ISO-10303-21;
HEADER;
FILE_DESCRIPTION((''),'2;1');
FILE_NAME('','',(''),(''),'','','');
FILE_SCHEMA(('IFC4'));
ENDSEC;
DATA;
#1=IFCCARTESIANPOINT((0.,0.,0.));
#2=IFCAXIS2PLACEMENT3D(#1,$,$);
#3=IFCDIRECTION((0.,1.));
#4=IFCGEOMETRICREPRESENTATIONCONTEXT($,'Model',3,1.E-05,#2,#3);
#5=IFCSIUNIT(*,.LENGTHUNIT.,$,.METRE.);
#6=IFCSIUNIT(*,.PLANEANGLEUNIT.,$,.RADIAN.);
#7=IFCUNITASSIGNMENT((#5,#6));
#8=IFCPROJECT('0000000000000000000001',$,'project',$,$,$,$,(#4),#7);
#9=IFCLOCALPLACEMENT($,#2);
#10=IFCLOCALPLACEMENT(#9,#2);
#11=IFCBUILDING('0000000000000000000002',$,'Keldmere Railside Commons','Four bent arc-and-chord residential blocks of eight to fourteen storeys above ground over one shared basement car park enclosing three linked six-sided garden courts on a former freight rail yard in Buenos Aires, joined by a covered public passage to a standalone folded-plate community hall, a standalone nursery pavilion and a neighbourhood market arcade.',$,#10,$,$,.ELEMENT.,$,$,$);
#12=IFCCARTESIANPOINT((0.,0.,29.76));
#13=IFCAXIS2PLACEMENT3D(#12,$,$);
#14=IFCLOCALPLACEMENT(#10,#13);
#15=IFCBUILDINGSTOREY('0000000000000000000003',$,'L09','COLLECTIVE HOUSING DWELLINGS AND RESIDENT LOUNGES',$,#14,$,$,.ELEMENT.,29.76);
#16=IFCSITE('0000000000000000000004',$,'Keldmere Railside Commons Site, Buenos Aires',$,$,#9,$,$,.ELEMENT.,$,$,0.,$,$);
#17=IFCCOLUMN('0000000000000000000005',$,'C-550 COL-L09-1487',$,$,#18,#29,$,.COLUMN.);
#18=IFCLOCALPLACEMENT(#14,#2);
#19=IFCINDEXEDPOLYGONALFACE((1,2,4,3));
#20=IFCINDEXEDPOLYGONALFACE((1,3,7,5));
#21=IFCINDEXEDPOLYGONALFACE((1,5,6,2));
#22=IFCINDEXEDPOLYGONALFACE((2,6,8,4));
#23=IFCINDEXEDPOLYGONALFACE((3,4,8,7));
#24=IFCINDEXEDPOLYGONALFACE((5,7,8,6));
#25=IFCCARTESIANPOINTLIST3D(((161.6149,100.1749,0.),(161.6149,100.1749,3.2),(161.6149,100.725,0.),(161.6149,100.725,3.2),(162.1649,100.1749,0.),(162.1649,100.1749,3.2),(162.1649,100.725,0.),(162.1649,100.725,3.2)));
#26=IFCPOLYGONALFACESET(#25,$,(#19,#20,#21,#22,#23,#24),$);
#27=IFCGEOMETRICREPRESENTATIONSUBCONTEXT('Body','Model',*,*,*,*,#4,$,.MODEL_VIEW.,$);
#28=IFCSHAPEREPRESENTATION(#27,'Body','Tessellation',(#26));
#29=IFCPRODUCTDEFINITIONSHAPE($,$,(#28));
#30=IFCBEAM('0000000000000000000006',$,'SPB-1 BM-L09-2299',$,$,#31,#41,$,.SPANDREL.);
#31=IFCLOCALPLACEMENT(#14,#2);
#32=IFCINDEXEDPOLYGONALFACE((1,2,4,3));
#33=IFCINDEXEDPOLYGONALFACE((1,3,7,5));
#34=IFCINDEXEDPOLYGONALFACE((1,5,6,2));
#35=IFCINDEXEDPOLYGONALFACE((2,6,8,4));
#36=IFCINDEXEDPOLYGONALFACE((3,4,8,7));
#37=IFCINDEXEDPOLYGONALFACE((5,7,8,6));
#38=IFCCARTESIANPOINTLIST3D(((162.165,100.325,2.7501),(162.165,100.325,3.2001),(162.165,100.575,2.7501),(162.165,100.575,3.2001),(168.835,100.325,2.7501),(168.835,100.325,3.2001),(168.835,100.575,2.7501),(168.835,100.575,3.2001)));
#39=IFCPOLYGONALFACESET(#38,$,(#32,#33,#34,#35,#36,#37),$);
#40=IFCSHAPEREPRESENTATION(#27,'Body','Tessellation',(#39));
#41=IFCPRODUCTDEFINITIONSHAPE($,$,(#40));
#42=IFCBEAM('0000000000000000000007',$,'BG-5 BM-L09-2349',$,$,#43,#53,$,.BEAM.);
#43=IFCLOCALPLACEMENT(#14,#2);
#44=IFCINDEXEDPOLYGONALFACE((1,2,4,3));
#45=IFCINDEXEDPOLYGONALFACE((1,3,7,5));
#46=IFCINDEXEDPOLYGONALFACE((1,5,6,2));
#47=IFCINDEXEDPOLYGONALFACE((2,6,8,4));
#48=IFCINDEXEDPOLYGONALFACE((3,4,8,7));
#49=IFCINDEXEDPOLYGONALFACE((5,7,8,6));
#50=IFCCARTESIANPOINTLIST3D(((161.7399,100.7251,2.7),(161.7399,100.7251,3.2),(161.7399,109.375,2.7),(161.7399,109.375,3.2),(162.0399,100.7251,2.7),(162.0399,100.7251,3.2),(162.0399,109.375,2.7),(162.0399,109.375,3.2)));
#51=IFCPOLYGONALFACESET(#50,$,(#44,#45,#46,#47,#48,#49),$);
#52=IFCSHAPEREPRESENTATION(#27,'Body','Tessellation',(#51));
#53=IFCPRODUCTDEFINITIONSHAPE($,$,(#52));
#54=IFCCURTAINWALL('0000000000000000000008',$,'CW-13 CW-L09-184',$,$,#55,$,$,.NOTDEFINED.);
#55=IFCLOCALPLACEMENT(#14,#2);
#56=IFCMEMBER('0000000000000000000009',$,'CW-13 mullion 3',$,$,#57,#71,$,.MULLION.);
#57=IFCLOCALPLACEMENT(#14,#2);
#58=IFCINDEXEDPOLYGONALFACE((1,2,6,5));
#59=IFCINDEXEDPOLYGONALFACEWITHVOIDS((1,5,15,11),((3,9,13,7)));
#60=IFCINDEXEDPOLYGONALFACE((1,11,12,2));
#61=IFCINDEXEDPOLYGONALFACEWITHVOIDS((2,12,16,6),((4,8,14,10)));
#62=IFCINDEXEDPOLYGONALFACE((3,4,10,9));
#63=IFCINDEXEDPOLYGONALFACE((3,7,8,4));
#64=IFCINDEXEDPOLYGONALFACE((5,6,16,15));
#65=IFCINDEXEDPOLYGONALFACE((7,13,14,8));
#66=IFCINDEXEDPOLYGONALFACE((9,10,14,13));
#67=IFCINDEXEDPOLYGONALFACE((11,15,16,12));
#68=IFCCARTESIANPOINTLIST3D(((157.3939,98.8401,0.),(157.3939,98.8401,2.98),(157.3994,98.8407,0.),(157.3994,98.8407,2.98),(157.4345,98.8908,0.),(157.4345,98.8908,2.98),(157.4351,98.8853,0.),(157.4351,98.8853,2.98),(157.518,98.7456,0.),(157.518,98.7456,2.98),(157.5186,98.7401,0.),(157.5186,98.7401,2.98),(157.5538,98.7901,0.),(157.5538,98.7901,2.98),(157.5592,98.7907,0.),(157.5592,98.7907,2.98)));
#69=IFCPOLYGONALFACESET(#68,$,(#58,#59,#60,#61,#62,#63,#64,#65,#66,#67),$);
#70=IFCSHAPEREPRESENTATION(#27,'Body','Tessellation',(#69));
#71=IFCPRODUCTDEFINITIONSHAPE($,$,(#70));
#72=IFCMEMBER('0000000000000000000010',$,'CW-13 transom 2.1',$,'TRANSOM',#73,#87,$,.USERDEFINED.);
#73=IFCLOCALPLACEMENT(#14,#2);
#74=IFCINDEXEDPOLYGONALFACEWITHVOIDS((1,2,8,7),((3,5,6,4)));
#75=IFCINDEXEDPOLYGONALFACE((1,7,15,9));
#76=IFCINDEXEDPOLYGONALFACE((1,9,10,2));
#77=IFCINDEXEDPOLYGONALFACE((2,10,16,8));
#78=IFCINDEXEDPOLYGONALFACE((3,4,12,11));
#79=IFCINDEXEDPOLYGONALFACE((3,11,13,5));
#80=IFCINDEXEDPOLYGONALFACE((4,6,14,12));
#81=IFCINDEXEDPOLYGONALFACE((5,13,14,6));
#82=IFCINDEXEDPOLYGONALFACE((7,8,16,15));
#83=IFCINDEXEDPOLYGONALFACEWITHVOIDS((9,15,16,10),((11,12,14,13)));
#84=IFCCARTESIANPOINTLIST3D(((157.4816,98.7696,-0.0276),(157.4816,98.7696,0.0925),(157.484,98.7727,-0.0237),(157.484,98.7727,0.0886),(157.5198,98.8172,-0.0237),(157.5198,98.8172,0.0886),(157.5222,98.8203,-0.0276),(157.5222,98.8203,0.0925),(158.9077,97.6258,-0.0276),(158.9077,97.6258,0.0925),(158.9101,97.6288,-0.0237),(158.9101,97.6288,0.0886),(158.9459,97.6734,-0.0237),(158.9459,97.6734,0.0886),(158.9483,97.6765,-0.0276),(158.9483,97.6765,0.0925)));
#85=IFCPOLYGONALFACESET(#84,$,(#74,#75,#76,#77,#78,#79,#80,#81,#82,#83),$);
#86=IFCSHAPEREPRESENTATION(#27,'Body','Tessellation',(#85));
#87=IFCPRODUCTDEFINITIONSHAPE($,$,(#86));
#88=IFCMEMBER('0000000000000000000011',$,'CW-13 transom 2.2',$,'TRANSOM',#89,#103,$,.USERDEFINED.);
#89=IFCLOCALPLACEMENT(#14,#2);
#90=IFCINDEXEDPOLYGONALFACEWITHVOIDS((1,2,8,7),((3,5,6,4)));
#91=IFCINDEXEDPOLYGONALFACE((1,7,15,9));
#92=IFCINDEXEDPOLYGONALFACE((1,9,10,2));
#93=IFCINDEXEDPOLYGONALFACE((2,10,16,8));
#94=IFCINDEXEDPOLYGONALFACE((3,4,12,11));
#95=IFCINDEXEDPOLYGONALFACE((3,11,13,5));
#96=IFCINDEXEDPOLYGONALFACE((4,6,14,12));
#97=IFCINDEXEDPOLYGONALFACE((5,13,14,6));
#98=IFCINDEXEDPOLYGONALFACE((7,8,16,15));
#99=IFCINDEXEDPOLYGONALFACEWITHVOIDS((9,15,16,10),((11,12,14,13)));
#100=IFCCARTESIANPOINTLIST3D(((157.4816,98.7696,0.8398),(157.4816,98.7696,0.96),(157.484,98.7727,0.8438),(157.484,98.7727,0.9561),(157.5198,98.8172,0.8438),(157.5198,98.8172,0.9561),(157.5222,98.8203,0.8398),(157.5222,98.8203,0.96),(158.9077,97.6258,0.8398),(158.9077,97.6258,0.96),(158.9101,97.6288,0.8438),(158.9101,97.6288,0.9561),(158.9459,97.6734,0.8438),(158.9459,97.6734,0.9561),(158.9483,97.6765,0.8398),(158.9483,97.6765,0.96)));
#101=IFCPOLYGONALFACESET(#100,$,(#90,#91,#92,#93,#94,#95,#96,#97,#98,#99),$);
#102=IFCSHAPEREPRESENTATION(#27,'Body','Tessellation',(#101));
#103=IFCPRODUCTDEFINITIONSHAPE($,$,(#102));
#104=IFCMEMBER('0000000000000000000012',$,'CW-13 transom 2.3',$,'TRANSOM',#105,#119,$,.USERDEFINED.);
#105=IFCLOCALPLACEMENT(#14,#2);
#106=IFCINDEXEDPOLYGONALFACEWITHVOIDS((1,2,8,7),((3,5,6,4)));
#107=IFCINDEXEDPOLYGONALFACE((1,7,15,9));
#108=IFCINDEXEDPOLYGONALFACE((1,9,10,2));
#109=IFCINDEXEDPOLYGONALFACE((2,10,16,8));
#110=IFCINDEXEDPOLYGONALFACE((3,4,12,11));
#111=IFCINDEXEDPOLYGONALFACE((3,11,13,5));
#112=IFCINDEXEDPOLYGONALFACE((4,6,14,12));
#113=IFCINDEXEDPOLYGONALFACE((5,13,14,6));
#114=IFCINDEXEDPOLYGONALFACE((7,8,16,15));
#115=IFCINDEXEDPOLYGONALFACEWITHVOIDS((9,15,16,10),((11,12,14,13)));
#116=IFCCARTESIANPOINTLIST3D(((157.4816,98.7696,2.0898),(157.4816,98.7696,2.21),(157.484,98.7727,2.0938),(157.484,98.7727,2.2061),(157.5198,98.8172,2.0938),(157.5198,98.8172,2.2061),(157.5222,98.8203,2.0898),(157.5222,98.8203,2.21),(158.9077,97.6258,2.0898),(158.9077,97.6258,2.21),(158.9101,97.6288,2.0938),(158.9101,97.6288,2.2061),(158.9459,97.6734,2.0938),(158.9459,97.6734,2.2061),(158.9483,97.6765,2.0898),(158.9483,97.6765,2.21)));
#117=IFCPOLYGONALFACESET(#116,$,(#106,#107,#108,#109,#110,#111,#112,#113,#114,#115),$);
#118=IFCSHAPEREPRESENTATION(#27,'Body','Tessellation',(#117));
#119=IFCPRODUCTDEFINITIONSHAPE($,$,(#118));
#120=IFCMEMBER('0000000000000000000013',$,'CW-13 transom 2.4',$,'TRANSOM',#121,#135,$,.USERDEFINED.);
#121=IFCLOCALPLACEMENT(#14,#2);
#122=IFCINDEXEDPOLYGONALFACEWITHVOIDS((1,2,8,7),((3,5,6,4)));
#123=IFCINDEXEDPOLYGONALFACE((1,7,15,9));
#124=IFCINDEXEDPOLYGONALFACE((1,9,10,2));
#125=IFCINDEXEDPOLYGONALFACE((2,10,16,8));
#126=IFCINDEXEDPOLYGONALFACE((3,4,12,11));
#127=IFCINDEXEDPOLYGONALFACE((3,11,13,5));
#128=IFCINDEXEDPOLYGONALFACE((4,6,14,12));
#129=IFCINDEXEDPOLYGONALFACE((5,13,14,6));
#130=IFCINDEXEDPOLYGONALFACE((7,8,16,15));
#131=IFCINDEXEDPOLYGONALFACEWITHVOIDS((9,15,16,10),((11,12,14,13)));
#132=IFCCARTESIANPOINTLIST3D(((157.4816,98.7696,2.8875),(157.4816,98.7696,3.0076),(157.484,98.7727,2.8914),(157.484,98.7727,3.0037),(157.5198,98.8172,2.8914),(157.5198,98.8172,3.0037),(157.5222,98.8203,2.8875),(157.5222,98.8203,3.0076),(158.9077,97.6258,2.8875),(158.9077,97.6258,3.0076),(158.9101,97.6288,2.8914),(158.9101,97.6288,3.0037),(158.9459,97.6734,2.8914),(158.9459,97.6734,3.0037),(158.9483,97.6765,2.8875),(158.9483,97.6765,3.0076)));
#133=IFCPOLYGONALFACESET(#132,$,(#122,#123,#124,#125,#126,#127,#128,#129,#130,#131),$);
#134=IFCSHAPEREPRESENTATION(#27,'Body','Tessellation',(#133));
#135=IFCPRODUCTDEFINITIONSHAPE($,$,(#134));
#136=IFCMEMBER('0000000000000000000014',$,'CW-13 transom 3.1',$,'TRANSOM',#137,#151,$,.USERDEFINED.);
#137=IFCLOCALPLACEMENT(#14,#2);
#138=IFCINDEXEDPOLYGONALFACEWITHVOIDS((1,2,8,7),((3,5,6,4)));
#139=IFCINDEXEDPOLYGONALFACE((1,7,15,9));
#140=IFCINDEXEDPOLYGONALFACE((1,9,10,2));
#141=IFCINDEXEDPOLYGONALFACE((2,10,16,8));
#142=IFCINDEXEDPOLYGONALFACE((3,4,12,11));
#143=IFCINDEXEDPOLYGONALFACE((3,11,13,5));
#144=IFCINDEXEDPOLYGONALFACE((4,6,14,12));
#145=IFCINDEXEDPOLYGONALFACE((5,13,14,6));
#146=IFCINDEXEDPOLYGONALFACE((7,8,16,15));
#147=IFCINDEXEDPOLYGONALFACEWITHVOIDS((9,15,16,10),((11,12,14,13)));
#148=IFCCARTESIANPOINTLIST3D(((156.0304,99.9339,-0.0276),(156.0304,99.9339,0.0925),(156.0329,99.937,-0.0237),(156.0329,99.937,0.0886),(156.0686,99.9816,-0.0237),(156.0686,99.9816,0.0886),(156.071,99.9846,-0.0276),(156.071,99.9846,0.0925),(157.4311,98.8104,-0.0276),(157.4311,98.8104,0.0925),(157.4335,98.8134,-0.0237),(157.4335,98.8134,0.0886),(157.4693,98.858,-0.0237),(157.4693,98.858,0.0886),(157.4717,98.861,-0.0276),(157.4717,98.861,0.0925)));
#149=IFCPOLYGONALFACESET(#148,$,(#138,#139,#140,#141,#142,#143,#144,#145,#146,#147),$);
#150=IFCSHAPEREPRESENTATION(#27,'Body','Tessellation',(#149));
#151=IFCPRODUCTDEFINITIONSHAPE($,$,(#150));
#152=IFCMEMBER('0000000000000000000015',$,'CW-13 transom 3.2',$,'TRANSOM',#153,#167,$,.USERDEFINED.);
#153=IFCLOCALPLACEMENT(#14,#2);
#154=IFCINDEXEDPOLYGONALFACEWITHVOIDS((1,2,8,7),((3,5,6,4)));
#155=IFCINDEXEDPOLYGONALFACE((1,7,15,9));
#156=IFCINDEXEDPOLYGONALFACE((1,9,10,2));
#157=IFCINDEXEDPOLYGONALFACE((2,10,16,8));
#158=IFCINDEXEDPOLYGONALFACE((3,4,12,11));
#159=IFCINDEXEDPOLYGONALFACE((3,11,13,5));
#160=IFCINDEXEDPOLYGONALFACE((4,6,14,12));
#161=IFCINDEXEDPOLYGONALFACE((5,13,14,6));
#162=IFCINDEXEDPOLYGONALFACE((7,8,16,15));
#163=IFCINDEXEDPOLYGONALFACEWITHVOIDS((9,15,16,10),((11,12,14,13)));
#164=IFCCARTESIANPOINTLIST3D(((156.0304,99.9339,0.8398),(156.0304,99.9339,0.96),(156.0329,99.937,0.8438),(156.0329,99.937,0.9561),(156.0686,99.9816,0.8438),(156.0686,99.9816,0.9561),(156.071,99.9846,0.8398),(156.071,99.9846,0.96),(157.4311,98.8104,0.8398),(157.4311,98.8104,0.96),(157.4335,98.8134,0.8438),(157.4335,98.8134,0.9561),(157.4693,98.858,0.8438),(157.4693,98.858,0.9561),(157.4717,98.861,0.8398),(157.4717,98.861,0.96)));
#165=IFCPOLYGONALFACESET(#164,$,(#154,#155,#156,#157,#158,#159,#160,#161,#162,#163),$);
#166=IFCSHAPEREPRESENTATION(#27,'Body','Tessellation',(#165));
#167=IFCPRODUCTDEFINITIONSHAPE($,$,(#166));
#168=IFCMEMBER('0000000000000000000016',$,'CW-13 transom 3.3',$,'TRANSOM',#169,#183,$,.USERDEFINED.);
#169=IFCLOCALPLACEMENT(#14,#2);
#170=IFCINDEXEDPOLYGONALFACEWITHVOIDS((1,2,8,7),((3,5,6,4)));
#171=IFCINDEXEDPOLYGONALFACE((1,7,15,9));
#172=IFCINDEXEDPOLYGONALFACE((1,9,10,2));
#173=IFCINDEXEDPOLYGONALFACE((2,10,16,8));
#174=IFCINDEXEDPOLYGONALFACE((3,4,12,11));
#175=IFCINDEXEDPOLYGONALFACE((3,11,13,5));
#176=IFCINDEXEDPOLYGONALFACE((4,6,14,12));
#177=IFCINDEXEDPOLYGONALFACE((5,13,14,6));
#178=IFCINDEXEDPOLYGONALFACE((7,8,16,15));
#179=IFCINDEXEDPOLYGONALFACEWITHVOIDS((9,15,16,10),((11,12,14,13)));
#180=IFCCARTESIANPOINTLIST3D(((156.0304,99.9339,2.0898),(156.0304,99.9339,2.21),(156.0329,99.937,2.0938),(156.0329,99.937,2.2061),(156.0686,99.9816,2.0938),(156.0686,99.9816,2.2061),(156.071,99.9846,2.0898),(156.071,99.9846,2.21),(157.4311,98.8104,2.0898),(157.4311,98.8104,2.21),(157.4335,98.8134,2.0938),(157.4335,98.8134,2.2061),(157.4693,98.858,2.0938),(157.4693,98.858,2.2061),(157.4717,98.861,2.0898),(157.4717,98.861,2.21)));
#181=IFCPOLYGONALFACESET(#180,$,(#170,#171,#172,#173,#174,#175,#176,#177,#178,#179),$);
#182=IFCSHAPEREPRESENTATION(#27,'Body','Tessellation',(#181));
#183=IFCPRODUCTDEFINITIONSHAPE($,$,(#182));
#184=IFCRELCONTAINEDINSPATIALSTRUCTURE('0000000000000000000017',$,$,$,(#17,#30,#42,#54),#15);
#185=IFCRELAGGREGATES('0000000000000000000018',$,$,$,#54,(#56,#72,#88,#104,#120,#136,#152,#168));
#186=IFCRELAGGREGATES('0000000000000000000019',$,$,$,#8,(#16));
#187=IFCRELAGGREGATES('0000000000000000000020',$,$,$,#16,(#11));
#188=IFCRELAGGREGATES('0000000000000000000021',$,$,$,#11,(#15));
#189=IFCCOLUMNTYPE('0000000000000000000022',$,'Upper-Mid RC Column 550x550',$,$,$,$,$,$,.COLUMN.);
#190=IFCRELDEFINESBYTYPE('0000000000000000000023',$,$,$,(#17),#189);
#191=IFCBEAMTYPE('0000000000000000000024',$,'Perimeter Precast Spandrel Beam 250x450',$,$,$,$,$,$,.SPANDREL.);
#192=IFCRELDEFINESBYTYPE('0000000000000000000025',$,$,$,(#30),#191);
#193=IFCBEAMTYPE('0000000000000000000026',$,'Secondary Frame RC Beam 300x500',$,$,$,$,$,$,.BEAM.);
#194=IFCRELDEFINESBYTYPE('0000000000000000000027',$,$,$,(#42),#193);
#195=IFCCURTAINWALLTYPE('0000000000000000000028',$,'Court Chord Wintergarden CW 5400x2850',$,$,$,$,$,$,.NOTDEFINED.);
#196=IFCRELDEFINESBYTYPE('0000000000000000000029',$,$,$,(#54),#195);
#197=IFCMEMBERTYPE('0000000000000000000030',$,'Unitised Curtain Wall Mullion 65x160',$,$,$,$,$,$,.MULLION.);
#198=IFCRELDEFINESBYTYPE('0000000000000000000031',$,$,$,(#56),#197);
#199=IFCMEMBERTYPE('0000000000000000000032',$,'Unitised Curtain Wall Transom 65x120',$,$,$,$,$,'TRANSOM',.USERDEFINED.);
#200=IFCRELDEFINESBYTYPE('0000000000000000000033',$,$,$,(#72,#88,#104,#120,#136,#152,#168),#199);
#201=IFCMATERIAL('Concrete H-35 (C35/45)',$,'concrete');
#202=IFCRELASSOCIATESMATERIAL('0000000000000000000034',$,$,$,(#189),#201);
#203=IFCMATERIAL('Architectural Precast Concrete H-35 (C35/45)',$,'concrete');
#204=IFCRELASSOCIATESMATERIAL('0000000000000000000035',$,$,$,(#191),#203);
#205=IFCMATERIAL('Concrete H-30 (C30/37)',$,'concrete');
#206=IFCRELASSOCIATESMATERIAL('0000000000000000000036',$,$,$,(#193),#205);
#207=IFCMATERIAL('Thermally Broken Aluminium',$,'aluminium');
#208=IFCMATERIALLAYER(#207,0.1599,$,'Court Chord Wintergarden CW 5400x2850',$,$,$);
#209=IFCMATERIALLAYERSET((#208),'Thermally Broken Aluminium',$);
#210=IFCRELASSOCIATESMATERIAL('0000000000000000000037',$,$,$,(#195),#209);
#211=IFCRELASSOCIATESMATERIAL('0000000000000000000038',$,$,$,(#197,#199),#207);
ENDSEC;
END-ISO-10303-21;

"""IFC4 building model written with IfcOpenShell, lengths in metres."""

from ifc_helpers import new_model, si_unit, direction, frame, origin, origin_2d, place, context, subcontext, project, spatial, rectangle, hollow_rectangle, extrude, material, layer, layer_set, material_profile, profile_set, type_object, element, aggregate, save


model = new_model("IFC4")

# Units and contexts
model_context = context("Model", 3, precision=1e-05, world=origin(), true_north=direction((0.0, 1.0)))
body_context = subcontext(model_context, "Body", "Model", "MODEL_VIEW")
ifc_project = project(units=[si_unit("LENGTHUNIT", "METRE"), si_unit("PLANEANGLEUNIT", "RADIAN")], contexts=[model_context])

# Site, building, storey
site_placement = place(None, origin())
site = spatial("IfcSite", under=ifc_project, at=site_placement, Name="Keldmere Railside Commons Site, Buenos Aires", CompositionType="ELEMENT", RefElevation=0.0)
building_placement = place(site_placement, origin())
building = spatial("IfcBuilding", under=site, at=building_placement, Name="Keldmere Railside Commons", Description="Four bent arc-and-chord residential blocks of eight to fourteen storeys above ground over one shared basement car park enclosing three linked six-sided garden courts on a former freight rail yard in Buenos Aires, joined by a covered public passage to a standalone folded-plate community hall, a standalone nursery pavilion and a neighbourhood market arcade.", CompositionType="ELEMENT")
storey_placement = place(building_placement, frame((0.0, 0.0, 29.76)))
storey = spatial("IfcBuildingStorey", under=building, at=storey_placement, Name="L09", Description="COLLECTIVE HOUSING DWELLINGS AND RESIDENT LOUNGES", CompositionType="ELEMENT", Elevation=29.76)

# Column
ifc_material_1 = material(Name="Concrete H-35 (C35/45)", Category="concrete")
ifc_material_profile_1 = material_profile(ifc_material_1, rectangle(XDim=0.55, YDim=0.55, at=origin_2d()), Name="RC-550x550")
ifc_profile_set_1 = profile_set([ifc_material_profile_1], Name="Concrete H-35 (C35/45)")
column_type = type_object("IfcColumnType", Name="Upper-Mid RC Column 550x550", PredefinedType="COLUMN", material=ifc_profile_set_1)
column_placement = place(storey_placement, frame((161.8899, 100.45, 0.0), z_axis=(0.0, 0.0, 1.0), x_axis=(1.0, 0.0, 0.0)))
element("IfcColumn", 1, at=column_placement, inside=storey, type_object=column_type, Name="C-550 COL-L09-1487", PredefinedType="COLUMN", context=body_context, shape_type="SweptSolid", body=[
    extrude(rectangle(XDim=0.55, YDim=0.55, at=origin_2d()), origin(), (0.0, 0.0, 1.0), 3.2),
])

# Beams
ifc_material_2 = material(Name="Architectural Precast Concrete H-35 (C35/45)", Category="concrete")
ifc_material_profile_2 = material_profile(ifc_material_2, rectangle(XDim=0.25, YDim=0.45, at=origin_2d()), Name="RC-250x450")
ifc_profile_set_2 = profile_set([ifc_material_profile_2], Name="Architectural Precast Concrete H-35 (C35/45)")
beam_type_1 = type_object("IfcBeamType", Name="Perimeter Precast Spandrel Beam 250x450", PredefinedType="SPANDREL", material=ifc_profile_set_2)
beam_1_placement = place(storey_placement, frame((162.165, 100.45, 2.9751), z_axis=(1.0, 0.0, 0.0), x_axis=(0.0, 1.0, 0.0)))
element("IfcBeam", 2, at=beam_1_placement, inside=storey, type_object=beam_type_1, Name="SPB-1 BM-L09-2299", PredefinedType="SPANDREL", context=body_context, shape_type="SweptSolid", body=[
    extrude(rectangle(XDim=0.25, YDim=0.45, at=origin_2d()), origin(), (0.0, 0.0, 1.0), 6.6699),
])
ifc_material_3 = material(Name="Concrete H-30 (C30/37)", Category="concrete")
ifc_material_profile_3 = material_profile(ifc_material_3, rectangle(XDim=0.3, YDim=0.5, at=origin_2d()), Name="RC-300x500")
ifc_profile_set_3 = profile_set([ifc_material_profile_3], Name="Concrete H-30 (C30/37)")
beam_type_2 = type_object("IfcBeamType", Name="Secondary Frame RC Beam 300x500", PredefinedType="BEAM", material=ifc_profile_set_3)
beam_2_placement = place(storey_placement, frame((161.8899, 100.7251, 2.95), z_axis=(0.0, 1.0, 0.0), x_axis=(-1.0, 0.0, 0.0)))
element("IfcBeam", 3, at=beam_2_placement, inside=storey, type_object=beam_type_2, Name="BG-5 BM-L09-2349", PredefinedType="BEAM", context=body_context, shape_type="SweptSolid", body=[
    extrude(rectangle(XDim=0.3, YDim=0.5, at=origin_2d()), origin(), (0.0, 0.0, 1.0), 8.6499),
])

# Curtain wall, members
ifc_material_4 = material(Name="Thermally Broken Aluminium", Category="aluminium")
ifc_layer_1 = layer(ifc_material_4, 0.1599, Name="Court Chord Wintergarden CW 5400x2850")
ifc_layer_set_1 = layer_set([ifc_layer_1], Name="Thermally Broken Aluminium")
curtain_wall_type = type_object("IfcCurtainWallType", Name="Court Chord Wintergarden CW 5400x2850", PredefinedType="NOTDEFINED", material=ifc_layer_set_1)
curtain_wall_placement = place(storey_placement, origin())
curtain_wall = element("IfcCurtainWall", 4, at=curtain_wall_placement, inside=storey, type_object=curtain_wall_type, Name="CW-13 CW-L09-184", PredefinedType="NOTDEFINED")
ifc_material_profile_4 = material_profile(ifc_material_4, hollow_rectangle(XDim=0.0649, YDim=0.1599, WallThickness=0.0039, at=origin_2d()), Name="ALU-MULL-65x160")
ifc_profile_set_4 = profile_set([ifc_material_profile_4], Name="Thermally Broken Aluminium")
member_type_1 = type_object("IfcMemberType", Name="Unitised Curtain Wall Mullion 65x160", PredefinedType="MULLION", material=ifc_profile_set_4)
member_1_placement = place(storey_placement, frame((157.4766, 98.8154, 0.0), z_axis=(0.0, 0.0, 1.0), x_axis=(-0.625768, -0.780009, 0.0)))
member_1 = element("IfcMember", 5, at=member_1_placement, type_object=member_type_1, Name="CW-13 mullion 3", PredefinedType="MULLION", context=body_context, shape_type="SweptSolid", body=[
    extrude(hollow_rectangle(XDim=0.0649, YDim=0.1599, WallThickness=0.0039, at=origin_2d()), origin(), (0.0, 0.0, 1.0), 2.98),
])
ifc_material_profile_5 = material_profile(ifc_material_4, hollow_rectangle(XDim=0.0649, YDim=0.1201, WallThickness=0.0039, at=origin_2d()), Name="ALU-TRAN-65x120")
ifc_profile_set_5 = profile_set([ifc_material_profile_5], Name="Thermally Broken Aluminium")
member_type_2 = type_object("IfcMemberType", Name="Unitised Curtain Wall Transom 65x120", ElementType="TRANSOM", PredefinedType="USERDEFINED", material=ifc_profile_set_5)
member_2_placement = place(storey_placement, frame((158.928, 97.6511, 0.0325), z_axis=(-0.780073, 0.625688, 0.0), x_axis=(-0.625688, -0.780073, 0.0)))
member_2 = element("IfcMember", 6, at=member_2_placement, type_object=member_type_2, Name="CW-13 transom 2.1", ObjectType="TRANSOM", PredefinedType="USERDEFINED", context=body_context, shape_type="SweptSolid", body=[
    extrude(hollow_rectangle(XDim=0.0649, YDim=0.1201, WallThickness=0.0039, at=origin_2d()), origin(), (0.0, 0.0, 1.0), 1.8281),
])
member_3_placement = place(storey_placement, frame((158.928, 97.6511, 0.8999), z_axis=(-0.780073, 0.625688, 0.0), x_axis=(-0.625688, -0.780073, 0.0)))
member_3 = element("IfcMember", 7, at=member_3_placement, type_object=member_type_2, Name="CW-13 transom 2.2", ObjectType="TRANSOM", PredefinedType="USERDEFINED", context=body_context, shape_type="SweptSolid", body=[
    extrude(hollow_rectangle(XDim=0.0649, YDim=0.1201, WallThickness=0.0039, at=origin_2d()), origin(), (0.0, 0.0, 1.0), 1.8281),
])
member_4_placement = place(storey_placement, frame((158.928, 97.6511, 2.1499), z_axis=(-0.780073, 0.625688, 0.0), x_axis=(-0.625688, -0.780073, 0.0)))
member_4 = element("IfcMember", 8, at=member_4_placement, type_object=member_type_2, Name="CW-13 transom 2.3", ObjectType="TRANSOM", PredefinedType="USERDEFINED", context=body_context, shape_type="SweptSolid", body=[
    extrude(hollow_rectangle(XDim=0.0649, YDim=0.1201, WallThickness=0.0039, at=origin_2d()), origin(), (0.0, 0.0, 1.0), 1.8281),
])
member_5_placement = place(storey_placement, frame((158.928, 97.6511, 2.9475), z_axis=(-0.780073, 0.625688, 0.0), x_axis=(-0.625688, -0.780073, 0.0)))
member_5 = element("IfcMember", 9, at=member_5_placement, type_object=member_type_2, Name="CW-13 transom 2.4", ObjectType="TRANSOM", PredefinedType="USERDEFINED", context=body_context, shape_type="SweptSolid", body=[
    extrude(hollow_rectangle(XDim=0.0649, YDim=0.1201, WallThickness=0.0039, at=origin_2d()), origin(), (0.0, 0.0, 1.0), 1.8281),
])
member_6_placement = place(storey_placement, frame((157.4514, 98.8357, 0.0325), z_axis=(-0.780046, 0.625723, 0.0), x_axis=(-0.625723, -0.780046, 0.0)))
member_6 = element("IfcMember", 10, at=member_6_placement, type_object=member_type_2, Name="CW-13 transom 3.1", ObjectType="TRANSOM", PredefinedType="USERDEFINED", context=body_context, shape_type="SweptSolid", body=[
    extrude(hollow_rectangle(XDim=0.0649, YDim=0.1201, WallThickness=0.0039, at=origin_2d()), origin(), (0.0, 0.0, 1.0), 1.7957),
])
member_7_placement = place(storey_placement, frame((157.4514, 98.8357, 0.8999), z_axis=(-0.780046, 0.625723, 0.0), x_axis=(-0.625723, -0.780046, 0.0)))
member_7 = element("IfcMember", 11, at=member_7_placement, type_object=member_type_2, Name="CW-13 transom 3.2", ObjectType="TRANSOM", PredefinedType="USERDEFINED", context=body_context, shape_type="SweptSolid", body=[
    extrude(hollow_rectangle(XDim=0.0649, YDim=0.1201, WallThickness=0.0039, at=origin_2d()), origin(), (0.0, 0.0, 1.0), 1.7957),
])
member_8_placement = place(storey_placement, frame((157.4514, 98.8357, 2.1499), z_axis=(-0.780046, 0.625723, 0.0), x_axis=(-0.625723, -0.780046, 0.0)))
member_8 = element("IfcMember", 12, at=member_8_placement, type_object=member_type_2, Name="CW-13 transom 3.3", ObjectType="TRANSOM", PredefinedType="USERDEFINED", context=body_context, shape_type="SweptSolid", body=[
    extrude(hollow_rectangle(XDim=0.0649, YDim=0.1201, WallThickness=0.0039, at=origin_2d()), origin(), (0.0, 0.0, 1.0), 1.7957),
])
aggregate(curtain_wall, [member_1, member_2, member_3, member_4, member_5, member_6, member_7, member_8])

save(model, "model.ifc")
